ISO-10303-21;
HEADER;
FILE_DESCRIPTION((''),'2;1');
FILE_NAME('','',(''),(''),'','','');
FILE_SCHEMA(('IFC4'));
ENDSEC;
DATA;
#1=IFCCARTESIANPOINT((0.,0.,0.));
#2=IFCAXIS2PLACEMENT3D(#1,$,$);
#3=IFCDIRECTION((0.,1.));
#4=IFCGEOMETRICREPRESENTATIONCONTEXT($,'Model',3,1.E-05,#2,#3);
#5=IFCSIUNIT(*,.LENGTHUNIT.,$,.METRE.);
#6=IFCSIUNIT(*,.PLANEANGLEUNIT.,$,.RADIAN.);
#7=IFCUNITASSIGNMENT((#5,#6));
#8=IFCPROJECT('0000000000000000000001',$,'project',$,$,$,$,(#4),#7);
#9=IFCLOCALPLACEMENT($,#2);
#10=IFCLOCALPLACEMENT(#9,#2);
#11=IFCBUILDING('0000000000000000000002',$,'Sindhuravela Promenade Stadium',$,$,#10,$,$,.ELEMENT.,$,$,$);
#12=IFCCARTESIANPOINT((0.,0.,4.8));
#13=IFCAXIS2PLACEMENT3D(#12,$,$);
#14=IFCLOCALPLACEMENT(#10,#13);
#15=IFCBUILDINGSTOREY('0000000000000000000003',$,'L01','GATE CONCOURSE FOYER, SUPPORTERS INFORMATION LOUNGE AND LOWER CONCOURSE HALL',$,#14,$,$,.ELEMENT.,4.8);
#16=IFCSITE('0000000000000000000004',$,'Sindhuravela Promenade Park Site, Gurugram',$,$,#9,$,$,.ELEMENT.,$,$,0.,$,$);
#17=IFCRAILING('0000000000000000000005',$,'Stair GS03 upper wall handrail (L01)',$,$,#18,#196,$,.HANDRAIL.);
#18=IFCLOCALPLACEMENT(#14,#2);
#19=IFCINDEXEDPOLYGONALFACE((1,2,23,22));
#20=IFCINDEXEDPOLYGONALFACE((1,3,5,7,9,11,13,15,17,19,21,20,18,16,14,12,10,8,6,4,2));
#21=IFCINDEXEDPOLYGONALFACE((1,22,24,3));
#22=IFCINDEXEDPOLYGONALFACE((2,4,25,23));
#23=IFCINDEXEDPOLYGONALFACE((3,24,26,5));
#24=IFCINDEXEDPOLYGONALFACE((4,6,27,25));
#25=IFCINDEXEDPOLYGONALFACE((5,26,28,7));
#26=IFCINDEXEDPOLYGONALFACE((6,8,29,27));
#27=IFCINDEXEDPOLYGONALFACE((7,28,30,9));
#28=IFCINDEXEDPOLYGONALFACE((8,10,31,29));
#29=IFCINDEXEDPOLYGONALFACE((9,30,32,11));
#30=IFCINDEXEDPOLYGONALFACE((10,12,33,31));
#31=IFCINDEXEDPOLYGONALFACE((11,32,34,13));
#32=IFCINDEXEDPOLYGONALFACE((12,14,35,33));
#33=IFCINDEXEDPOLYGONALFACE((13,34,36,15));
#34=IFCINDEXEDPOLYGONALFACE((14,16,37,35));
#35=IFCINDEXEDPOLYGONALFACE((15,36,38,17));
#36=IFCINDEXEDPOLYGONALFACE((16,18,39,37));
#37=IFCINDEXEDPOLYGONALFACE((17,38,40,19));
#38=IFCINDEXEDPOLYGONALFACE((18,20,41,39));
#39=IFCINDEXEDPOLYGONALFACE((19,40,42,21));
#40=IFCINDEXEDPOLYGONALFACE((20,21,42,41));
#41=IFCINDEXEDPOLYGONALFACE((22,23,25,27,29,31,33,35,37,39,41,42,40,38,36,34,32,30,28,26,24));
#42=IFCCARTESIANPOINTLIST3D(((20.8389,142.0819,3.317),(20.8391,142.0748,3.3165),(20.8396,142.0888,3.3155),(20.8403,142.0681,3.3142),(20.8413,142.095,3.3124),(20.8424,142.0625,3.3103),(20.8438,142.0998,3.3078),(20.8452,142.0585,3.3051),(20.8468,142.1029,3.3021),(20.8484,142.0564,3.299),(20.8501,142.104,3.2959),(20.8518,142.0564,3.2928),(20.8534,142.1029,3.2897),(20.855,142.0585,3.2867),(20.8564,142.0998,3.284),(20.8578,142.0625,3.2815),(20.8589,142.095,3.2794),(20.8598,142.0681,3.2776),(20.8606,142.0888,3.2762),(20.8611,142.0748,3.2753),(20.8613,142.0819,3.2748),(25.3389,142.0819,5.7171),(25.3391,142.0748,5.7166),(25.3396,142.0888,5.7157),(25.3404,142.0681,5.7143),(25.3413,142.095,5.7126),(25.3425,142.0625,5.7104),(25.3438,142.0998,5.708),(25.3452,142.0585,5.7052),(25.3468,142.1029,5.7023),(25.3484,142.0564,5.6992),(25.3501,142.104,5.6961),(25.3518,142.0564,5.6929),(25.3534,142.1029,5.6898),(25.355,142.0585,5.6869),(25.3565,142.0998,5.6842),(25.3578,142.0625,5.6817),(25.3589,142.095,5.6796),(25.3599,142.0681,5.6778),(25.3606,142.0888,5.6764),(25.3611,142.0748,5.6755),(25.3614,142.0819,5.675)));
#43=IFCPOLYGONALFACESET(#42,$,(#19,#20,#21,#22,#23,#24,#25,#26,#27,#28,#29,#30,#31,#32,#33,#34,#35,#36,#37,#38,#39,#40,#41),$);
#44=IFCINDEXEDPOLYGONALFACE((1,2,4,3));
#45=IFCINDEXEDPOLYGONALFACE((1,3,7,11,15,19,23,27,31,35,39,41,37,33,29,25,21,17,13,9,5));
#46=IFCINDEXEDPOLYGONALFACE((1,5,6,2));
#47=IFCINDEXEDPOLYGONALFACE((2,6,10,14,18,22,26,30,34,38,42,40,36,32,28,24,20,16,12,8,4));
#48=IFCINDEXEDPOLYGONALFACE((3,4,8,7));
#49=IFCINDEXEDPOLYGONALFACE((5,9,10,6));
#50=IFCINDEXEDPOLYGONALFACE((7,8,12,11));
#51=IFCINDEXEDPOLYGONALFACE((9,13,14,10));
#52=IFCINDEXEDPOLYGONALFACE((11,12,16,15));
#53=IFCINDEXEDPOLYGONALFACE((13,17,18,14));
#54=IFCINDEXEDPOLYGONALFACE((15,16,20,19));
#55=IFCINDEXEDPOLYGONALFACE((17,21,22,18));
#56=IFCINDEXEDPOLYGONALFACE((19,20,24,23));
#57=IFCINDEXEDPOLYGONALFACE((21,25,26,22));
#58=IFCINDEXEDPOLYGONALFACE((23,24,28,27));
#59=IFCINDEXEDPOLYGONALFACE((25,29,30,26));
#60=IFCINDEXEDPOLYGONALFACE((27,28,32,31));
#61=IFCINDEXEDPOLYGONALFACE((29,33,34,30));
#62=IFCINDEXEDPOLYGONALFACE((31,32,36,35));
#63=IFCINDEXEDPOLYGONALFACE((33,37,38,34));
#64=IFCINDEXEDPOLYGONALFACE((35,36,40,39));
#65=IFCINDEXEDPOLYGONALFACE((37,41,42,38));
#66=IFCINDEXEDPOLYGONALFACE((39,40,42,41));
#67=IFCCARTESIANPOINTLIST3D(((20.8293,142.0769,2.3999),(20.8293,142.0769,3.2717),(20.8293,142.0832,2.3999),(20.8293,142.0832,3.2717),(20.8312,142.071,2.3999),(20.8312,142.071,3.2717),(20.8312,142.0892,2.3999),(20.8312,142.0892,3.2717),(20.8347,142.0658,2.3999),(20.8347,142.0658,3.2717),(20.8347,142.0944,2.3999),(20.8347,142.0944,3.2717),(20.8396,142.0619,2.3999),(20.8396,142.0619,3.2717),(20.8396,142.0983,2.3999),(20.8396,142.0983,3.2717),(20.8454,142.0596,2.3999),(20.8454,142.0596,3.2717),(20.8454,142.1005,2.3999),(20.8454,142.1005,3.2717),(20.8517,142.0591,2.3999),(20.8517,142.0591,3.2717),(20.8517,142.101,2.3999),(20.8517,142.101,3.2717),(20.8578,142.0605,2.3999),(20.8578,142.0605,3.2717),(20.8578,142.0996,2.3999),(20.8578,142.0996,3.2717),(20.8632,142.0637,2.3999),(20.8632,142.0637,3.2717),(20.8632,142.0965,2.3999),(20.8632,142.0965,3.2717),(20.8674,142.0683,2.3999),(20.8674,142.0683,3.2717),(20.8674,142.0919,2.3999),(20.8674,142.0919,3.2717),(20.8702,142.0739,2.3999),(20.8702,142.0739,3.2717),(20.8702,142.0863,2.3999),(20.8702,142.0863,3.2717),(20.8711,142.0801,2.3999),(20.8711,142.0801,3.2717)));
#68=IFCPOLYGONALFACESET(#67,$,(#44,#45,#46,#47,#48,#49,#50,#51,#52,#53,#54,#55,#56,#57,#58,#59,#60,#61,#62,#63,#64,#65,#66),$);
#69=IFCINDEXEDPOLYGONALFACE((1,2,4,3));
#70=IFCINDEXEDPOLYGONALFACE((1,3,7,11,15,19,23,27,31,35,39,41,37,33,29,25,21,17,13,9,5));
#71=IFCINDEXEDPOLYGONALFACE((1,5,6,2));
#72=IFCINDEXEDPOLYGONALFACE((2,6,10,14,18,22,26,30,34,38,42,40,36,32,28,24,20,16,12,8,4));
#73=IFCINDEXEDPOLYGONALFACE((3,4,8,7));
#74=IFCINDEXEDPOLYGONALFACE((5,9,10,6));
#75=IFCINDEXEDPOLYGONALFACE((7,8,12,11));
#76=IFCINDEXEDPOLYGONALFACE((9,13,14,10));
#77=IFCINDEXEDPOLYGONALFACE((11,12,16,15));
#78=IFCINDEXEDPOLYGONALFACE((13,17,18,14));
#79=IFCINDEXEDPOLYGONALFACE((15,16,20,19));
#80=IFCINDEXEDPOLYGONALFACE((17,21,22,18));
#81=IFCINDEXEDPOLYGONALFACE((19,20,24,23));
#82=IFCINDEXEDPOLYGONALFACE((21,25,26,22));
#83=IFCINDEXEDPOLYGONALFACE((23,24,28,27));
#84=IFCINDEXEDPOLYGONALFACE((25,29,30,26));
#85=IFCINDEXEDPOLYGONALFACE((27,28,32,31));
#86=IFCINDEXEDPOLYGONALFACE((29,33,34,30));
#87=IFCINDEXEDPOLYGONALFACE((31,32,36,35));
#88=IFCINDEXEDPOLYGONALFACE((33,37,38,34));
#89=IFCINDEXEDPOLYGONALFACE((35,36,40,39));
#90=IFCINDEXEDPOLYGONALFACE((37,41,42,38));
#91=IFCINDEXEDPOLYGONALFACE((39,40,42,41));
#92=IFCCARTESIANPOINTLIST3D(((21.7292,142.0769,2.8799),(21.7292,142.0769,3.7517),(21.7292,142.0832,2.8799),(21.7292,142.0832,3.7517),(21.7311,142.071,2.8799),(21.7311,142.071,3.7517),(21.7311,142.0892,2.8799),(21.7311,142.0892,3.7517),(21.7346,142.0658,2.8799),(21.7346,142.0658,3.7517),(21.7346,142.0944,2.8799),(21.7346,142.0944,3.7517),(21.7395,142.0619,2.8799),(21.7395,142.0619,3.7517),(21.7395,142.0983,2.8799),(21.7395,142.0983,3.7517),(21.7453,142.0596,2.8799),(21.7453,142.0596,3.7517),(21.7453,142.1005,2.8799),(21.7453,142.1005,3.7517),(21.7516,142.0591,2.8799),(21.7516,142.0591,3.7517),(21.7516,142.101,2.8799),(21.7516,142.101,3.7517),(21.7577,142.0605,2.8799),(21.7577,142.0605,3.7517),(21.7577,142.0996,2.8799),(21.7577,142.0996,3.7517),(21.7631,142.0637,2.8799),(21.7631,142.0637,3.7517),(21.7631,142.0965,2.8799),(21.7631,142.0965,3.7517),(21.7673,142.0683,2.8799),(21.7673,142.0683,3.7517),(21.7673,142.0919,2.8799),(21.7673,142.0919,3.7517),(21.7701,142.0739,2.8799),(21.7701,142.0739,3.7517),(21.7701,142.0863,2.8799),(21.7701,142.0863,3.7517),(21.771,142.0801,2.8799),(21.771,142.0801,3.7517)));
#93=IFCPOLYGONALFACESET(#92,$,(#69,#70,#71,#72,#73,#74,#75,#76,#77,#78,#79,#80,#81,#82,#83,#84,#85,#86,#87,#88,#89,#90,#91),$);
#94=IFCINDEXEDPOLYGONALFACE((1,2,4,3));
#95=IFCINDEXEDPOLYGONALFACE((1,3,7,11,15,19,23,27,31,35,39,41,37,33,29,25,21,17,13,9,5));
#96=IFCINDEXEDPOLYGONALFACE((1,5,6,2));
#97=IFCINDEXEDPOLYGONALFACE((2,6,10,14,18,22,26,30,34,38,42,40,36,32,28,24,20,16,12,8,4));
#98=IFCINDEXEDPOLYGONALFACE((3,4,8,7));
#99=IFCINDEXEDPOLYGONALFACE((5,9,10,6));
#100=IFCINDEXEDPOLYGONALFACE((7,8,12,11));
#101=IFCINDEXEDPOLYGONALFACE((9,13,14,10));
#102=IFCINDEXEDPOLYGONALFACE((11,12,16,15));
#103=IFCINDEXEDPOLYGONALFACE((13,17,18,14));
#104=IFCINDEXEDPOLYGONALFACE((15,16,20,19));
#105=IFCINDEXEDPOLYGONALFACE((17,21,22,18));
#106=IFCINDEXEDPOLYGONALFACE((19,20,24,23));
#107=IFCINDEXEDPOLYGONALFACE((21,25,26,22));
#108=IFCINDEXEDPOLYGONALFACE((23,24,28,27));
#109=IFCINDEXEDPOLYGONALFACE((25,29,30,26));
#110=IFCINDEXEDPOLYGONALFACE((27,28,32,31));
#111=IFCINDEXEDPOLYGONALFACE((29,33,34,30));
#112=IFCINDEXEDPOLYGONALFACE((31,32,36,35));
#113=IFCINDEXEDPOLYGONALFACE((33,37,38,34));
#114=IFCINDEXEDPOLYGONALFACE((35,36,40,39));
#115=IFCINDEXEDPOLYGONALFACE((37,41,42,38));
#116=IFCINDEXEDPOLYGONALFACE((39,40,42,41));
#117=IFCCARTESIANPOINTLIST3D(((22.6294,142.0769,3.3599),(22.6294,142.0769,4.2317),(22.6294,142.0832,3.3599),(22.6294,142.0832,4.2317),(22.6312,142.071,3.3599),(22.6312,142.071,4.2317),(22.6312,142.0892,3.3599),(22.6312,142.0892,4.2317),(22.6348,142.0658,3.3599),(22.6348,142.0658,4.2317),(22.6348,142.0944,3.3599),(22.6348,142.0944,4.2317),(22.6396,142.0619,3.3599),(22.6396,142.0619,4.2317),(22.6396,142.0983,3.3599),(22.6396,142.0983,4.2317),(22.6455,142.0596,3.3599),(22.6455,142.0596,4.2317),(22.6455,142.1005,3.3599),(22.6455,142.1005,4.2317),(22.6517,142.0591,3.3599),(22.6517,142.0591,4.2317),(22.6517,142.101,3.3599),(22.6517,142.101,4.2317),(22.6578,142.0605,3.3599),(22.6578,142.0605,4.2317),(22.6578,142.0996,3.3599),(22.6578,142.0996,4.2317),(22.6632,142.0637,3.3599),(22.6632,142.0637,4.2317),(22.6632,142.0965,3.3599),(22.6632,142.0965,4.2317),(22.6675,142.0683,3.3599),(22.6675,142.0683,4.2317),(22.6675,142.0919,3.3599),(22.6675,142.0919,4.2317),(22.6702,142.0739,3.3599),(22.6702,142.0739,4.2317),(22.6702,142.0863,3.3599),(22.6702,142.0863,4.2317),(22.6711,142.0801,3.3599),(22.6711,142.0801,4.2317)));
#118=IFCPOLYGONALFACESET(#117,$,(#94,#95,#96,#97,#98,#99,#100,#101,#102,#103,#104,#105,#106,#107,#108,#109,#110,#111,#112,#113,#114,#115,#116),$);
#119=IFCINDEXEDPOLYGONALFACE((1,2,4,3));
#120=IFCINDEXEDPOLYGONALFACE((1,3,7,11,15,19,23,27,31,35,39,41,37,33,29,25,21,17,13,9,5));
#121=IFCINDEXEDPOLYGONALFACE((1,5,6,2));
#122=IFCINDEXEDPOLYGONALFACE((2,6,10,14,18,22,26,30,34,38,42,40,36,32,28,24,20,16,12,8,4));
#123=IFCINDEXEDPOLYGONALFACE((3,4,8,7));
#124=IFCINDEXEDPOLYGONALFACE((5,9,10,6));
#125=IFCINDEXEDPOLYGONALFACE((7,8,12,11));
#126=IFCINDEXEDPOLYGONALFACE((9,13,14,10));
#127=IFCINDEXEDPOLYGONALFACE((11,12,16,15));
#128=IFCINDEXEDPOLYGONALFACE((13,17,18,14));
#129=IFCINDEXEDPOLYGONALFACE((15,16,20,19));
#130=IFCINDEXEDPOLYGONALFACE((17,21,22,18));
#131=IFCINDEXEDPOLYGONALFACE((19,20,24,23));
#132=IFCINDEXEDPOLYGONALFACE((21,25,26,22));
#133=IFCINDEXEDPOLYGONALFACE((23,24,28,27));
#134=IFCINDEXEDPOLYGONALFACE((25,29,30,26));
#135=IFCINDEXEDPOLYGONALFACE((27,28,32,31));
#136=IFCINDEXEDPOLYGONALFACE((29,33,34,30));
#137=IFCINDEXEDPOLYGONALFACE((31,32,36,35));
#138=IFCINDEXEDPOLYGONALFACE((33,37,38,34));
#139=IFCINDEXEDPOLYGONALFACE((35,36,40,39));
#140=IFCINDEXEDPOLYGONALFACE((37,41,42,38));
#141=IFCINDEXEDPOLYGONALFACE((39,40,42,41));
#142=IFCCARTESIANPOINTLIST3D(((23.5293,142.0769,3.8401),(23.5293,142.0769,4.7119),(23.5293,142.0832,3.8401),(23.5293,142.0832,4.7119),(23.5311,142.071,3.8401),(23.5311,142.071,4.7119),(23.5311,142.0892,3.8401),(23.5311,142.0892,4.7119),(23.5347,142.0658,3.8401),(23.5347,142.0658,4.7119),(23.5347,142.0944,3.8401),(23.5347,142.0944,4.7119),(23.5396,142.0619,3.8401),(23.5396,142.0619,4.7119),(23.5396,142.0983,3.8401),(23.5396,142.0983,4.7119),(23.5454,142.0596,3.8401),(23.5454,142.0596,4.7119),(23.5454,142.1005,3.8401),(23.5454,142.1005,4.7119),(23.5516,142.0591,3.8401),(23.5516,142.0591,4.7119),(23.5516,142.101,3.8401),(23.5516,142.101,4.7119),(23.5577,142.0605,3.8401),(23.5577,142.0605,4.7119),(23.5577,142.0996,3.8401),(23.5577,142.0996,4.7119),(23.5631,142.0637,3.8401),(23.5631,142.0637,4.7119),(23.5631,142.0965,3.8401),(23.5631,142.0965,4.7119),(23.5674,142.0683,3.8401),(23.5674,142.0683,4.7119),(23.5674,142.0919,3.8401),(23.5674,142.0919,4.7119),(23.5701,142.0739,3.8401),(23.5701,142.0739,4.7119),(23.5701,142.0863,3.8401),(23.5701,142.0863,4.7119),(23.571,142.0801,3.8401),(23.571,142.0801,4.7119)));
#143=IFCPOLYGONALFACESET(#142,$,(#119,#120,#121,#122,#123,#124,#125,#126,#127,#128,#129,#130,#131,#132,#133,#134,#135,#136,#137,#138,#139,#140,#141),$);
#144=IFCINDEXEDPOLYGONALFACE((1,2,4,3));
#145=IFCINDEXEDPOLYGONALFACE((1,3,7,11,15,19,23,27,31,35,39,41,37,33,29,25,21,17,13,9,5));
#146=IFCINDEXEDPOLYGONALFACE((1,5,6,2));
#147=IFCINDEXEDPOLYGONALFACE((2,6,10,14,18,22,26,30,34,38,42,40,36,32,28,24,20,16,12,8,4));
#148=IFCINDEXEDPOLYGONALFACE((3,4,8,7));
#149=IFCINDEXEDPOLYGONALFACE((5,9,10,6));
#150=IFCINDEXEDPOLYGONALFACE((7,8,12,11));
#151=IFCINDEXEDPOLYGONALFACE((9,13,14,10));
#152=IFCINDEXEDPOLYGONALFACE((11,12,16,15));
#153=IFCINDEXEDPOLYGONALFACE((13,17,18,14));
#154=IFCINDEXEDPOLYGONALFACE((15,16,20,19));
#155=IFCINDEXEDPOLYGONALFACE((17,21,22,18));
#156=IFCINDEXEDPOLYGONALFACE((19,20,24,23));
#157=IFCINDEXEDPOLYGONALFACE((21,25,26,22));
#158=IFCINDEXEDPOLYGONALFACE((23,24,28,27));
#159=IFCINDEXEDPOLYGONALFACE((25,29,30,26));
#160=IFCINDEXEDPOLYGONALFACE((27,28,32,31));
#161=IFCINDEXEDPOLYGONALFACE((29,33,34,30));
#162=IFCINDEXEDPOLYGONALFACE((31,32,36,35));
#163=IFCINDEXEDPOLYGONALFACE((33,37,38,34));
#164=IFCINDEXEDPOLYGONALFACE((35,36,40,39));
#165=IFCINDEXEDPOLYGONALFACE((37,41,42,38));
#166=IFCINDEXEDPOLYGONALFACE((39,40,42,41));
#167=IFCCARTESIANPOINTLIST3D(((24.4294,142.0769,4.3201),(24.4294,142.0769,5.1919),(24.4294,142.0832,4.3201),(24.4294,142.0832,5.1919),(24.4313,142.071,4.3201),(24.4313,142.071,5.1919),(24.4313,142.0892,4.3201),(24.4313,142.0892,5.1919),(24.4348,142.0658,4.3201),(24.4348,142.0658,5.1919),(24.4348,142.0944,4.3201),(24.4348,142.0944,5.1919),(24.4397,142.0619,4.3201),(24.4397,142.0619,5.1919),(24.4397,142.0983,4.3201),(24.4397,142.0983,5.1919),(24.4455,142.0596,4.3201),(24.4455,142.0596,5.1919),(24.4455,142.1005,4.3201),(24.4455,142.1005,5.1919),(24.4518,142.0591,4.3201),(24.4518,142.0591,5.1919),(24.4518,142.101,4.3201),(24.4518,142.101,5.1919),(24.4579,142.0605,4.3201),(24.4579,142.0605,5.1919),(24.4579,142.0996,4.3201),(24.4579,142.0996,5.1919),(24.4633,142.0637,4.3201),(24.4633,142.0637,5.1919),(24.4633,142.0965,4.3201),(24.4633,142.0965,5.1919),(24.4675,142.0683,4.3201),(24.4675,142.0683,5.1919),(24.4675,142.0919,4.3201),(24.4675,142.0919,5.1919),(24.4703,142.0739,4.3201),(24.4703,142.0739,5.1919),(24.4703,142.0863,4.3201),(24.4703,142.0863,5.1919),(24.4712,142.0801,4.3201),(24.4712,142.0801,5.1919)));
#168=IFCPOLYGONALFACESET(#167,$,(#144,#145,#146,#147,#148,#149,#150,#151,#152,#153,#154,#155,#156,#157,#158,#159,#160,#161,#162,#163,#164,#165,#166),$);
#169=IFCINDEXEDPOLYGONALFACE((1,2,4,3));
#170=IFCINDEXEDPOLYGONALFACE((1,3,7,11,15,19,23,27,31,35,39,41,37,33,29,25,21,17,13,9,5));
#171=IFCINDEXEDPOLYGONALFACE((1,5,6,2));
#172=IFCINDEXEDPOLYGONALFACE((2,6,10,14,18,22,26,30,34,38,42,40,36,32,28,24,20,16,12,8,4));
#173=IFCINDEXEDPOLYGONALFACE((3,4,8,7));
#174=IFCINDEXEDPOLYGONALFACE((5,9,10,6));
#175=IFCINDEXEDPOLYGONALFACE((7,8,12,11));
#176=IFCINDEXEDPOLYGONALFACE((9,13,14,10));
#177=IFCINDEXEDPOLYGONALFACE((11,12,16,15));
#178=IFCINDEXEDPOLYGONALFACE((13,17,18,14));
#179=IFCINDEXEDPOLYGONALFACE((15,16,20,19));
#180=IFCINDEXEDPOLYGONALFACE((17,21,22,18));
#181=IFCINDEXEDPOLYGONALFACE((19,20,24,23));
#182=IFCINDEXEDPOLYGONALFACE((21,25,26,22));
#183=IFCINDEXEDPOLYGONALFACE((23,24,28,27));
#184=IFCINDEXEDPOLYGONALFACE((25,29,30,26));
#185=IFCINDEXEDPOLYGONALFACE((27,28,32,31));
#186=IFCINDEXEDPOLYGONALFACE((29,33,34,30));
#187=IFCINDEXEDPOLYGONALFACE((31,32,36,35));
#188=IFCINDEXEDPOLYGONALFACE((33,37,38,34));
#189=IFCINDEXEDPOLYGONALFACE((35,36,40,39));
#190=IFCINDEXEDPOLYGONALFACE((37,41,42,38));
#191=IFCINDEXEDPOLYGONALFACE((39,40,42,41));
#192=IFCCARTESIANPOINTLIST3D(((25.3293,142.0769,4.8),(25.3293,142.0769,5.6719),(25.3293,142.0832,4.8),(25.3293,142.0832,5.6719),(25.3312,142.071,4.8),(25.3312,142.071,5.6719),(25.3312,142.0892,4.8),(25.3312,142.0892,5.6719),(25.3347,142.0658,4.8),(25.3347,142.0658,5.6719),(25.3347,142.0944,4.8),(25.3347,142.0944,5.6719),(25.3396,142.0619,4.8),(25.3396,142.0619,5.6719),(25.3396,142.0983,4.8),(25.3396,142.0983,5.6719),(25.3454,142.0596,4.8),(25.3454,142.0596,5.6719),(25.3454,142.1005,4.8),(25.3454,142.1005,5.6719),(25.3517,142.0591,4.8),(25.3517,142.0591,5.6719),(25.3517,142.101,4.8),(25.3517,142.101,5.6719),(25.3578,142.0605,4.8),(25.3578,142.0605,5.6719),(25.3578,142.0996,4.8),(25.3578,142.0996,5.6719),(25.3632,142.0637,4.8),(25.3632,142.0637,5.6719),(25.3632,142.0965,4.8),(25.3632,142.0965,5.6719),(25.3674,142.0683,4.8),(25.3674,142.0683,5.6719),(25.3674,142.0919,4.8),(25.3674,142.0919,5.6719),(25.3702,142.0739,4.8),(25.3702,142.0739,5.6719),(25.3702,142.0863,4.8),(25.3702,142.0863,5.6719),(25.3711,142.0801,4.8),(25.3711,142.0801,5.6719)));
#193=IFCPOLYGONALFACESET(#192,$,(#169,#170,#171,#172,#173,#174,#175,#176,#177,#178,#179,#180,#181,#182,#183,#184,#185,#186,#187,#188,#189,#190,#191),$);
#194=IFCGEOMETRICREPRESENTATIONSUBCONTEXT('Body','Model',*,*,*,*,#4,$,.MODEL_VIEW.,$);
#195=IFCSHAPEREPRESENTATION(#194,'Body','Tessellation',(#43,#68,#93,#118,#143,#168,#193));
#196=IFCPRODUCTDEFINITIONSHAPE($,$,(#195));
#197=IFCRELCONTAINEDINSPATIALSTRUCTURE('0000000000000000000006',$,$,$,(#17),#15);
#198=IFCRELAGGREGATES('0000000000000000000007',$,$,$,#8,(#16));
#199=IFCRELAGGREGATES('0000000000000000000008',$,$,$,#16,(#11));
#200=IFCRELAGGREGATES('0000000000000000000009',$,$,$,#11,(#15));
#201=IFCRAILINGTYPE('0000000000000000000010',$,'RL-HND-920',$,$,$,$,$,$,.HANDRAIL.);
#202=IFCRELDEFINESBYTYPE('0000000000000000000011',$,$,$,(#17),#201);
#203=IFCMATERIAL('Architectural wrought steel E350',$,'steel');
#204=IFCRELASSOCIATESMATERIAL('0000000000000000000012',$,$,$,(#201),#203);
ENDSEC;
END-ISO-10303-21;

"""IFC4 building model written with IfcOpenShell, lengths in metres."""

from ifc_helpers import new_model, si_unit, direction, frame, origin, origin_2d, place, context, subcontext, project, spatial, circle, extrude, material, type_object, element, save


model = new_model("IFC4")

# Units and contexts
model_context = context("Model", 3, precision=1e-05, world=origin(), true_north=direction((0.0, 1.0)))
body_context = subcontext(model_context, "Body", "Model", "MODEL_VIEW")
ifc_project = project(units=[si_unit("LENGTHUNIT", "METRE"), si_unit("PLANEANGLEUNIT", "RADIAN")], contexts=[model_context])

# Site, building, storey
site_placement = place(None, origin())
site = spatial("IfcSite", under=ifc_project, at=site_placement, Name="Sindhuravela Promenade Park Site, Gurugram", CompositionType="ELEMENT", RefElevation=0.0)
building_placement = place(site_placement, origin())
building = spatial("IfcBuilding", under=site, at=building_placement, Name="Sindhuravela Promenade Stadium", CompositionType="ELEMENT")
storey_placement = place(building_placement, frame((0.0, 0.0, 4.8)))
storey = spatial("IfcBuildingStorey", under=building, at=storey_placement, Name="L01", Description="GATE CONCOURSE FOYER, SUPPORTERS INFORMATION LOUNGE AND LOWER CONCOURSE HALL", CompositionType="ELEMENT", Elevation=4.8)

# Shared definitions
ifc_material_1 = material(Name="Architectural wrought steel E350", Category="steel")

# Railing
railing_type_1 = type_object("IfcRailingType", Name="RL-HND-920", PredefinedType="HANDRAIL", material=ifc_material_1)
railing_1_placement = place(storey_placement, frame((20.8501, 142.0801, 2.3999)))
element("IfcRailing", 1, at=railing_1_placement, inside=storey, type_object=railing_type_1, Name="Stair GS03 upper wall handrail (L01)", PredefinedType="HANDRAIL", context=body_context, shape_type="SweptSolid", body=[
    extrude(circle(Radius=0.0239, at=origin_2d()), frame((0.0, 0.0, 0.896), z_axis=(0.882341, 0.0, 0.470611), x_axis=(0.0, 1.0, 0.0)), (0.0, 0.0, 1.0), 5.1001),
    extrude(circle(Radius=0.021, at=origin_2d()), origin(), (0.0, 0.0, 1.0), 0.8718),
    extrude(circle(Radius=0.021, at=origin_2d()), frame((0.8999, 0.0, 0.48)), (0.0, 0.0, 1.0), 0.8718),
    extrude(circle(Radius=0.021, at=origin_2d()), frame((1.8, 0.0, 0.96)), (0.0, 0.0, 1.0), 0.8718),
    extrude(circle(Radius=0.021, at=origin_2d()), frame((2.7, 0.0, 1.4402)), (0.0, 0.0, 1.0), 0.8718),
    extrude(circle(Radius=0.021, at=origin_2d()), frame((3.6001, 0.0, 1.9202)), (0.0, 0.0, 1.0), 0.8718),
    extrude(circle(Radius=0.021, at=origin_2d()), frame((4.5, 0.0, 2.4001)), (0.0, 0.0, 1.0), 0.8718),
])

save(model, "model.ifc")
